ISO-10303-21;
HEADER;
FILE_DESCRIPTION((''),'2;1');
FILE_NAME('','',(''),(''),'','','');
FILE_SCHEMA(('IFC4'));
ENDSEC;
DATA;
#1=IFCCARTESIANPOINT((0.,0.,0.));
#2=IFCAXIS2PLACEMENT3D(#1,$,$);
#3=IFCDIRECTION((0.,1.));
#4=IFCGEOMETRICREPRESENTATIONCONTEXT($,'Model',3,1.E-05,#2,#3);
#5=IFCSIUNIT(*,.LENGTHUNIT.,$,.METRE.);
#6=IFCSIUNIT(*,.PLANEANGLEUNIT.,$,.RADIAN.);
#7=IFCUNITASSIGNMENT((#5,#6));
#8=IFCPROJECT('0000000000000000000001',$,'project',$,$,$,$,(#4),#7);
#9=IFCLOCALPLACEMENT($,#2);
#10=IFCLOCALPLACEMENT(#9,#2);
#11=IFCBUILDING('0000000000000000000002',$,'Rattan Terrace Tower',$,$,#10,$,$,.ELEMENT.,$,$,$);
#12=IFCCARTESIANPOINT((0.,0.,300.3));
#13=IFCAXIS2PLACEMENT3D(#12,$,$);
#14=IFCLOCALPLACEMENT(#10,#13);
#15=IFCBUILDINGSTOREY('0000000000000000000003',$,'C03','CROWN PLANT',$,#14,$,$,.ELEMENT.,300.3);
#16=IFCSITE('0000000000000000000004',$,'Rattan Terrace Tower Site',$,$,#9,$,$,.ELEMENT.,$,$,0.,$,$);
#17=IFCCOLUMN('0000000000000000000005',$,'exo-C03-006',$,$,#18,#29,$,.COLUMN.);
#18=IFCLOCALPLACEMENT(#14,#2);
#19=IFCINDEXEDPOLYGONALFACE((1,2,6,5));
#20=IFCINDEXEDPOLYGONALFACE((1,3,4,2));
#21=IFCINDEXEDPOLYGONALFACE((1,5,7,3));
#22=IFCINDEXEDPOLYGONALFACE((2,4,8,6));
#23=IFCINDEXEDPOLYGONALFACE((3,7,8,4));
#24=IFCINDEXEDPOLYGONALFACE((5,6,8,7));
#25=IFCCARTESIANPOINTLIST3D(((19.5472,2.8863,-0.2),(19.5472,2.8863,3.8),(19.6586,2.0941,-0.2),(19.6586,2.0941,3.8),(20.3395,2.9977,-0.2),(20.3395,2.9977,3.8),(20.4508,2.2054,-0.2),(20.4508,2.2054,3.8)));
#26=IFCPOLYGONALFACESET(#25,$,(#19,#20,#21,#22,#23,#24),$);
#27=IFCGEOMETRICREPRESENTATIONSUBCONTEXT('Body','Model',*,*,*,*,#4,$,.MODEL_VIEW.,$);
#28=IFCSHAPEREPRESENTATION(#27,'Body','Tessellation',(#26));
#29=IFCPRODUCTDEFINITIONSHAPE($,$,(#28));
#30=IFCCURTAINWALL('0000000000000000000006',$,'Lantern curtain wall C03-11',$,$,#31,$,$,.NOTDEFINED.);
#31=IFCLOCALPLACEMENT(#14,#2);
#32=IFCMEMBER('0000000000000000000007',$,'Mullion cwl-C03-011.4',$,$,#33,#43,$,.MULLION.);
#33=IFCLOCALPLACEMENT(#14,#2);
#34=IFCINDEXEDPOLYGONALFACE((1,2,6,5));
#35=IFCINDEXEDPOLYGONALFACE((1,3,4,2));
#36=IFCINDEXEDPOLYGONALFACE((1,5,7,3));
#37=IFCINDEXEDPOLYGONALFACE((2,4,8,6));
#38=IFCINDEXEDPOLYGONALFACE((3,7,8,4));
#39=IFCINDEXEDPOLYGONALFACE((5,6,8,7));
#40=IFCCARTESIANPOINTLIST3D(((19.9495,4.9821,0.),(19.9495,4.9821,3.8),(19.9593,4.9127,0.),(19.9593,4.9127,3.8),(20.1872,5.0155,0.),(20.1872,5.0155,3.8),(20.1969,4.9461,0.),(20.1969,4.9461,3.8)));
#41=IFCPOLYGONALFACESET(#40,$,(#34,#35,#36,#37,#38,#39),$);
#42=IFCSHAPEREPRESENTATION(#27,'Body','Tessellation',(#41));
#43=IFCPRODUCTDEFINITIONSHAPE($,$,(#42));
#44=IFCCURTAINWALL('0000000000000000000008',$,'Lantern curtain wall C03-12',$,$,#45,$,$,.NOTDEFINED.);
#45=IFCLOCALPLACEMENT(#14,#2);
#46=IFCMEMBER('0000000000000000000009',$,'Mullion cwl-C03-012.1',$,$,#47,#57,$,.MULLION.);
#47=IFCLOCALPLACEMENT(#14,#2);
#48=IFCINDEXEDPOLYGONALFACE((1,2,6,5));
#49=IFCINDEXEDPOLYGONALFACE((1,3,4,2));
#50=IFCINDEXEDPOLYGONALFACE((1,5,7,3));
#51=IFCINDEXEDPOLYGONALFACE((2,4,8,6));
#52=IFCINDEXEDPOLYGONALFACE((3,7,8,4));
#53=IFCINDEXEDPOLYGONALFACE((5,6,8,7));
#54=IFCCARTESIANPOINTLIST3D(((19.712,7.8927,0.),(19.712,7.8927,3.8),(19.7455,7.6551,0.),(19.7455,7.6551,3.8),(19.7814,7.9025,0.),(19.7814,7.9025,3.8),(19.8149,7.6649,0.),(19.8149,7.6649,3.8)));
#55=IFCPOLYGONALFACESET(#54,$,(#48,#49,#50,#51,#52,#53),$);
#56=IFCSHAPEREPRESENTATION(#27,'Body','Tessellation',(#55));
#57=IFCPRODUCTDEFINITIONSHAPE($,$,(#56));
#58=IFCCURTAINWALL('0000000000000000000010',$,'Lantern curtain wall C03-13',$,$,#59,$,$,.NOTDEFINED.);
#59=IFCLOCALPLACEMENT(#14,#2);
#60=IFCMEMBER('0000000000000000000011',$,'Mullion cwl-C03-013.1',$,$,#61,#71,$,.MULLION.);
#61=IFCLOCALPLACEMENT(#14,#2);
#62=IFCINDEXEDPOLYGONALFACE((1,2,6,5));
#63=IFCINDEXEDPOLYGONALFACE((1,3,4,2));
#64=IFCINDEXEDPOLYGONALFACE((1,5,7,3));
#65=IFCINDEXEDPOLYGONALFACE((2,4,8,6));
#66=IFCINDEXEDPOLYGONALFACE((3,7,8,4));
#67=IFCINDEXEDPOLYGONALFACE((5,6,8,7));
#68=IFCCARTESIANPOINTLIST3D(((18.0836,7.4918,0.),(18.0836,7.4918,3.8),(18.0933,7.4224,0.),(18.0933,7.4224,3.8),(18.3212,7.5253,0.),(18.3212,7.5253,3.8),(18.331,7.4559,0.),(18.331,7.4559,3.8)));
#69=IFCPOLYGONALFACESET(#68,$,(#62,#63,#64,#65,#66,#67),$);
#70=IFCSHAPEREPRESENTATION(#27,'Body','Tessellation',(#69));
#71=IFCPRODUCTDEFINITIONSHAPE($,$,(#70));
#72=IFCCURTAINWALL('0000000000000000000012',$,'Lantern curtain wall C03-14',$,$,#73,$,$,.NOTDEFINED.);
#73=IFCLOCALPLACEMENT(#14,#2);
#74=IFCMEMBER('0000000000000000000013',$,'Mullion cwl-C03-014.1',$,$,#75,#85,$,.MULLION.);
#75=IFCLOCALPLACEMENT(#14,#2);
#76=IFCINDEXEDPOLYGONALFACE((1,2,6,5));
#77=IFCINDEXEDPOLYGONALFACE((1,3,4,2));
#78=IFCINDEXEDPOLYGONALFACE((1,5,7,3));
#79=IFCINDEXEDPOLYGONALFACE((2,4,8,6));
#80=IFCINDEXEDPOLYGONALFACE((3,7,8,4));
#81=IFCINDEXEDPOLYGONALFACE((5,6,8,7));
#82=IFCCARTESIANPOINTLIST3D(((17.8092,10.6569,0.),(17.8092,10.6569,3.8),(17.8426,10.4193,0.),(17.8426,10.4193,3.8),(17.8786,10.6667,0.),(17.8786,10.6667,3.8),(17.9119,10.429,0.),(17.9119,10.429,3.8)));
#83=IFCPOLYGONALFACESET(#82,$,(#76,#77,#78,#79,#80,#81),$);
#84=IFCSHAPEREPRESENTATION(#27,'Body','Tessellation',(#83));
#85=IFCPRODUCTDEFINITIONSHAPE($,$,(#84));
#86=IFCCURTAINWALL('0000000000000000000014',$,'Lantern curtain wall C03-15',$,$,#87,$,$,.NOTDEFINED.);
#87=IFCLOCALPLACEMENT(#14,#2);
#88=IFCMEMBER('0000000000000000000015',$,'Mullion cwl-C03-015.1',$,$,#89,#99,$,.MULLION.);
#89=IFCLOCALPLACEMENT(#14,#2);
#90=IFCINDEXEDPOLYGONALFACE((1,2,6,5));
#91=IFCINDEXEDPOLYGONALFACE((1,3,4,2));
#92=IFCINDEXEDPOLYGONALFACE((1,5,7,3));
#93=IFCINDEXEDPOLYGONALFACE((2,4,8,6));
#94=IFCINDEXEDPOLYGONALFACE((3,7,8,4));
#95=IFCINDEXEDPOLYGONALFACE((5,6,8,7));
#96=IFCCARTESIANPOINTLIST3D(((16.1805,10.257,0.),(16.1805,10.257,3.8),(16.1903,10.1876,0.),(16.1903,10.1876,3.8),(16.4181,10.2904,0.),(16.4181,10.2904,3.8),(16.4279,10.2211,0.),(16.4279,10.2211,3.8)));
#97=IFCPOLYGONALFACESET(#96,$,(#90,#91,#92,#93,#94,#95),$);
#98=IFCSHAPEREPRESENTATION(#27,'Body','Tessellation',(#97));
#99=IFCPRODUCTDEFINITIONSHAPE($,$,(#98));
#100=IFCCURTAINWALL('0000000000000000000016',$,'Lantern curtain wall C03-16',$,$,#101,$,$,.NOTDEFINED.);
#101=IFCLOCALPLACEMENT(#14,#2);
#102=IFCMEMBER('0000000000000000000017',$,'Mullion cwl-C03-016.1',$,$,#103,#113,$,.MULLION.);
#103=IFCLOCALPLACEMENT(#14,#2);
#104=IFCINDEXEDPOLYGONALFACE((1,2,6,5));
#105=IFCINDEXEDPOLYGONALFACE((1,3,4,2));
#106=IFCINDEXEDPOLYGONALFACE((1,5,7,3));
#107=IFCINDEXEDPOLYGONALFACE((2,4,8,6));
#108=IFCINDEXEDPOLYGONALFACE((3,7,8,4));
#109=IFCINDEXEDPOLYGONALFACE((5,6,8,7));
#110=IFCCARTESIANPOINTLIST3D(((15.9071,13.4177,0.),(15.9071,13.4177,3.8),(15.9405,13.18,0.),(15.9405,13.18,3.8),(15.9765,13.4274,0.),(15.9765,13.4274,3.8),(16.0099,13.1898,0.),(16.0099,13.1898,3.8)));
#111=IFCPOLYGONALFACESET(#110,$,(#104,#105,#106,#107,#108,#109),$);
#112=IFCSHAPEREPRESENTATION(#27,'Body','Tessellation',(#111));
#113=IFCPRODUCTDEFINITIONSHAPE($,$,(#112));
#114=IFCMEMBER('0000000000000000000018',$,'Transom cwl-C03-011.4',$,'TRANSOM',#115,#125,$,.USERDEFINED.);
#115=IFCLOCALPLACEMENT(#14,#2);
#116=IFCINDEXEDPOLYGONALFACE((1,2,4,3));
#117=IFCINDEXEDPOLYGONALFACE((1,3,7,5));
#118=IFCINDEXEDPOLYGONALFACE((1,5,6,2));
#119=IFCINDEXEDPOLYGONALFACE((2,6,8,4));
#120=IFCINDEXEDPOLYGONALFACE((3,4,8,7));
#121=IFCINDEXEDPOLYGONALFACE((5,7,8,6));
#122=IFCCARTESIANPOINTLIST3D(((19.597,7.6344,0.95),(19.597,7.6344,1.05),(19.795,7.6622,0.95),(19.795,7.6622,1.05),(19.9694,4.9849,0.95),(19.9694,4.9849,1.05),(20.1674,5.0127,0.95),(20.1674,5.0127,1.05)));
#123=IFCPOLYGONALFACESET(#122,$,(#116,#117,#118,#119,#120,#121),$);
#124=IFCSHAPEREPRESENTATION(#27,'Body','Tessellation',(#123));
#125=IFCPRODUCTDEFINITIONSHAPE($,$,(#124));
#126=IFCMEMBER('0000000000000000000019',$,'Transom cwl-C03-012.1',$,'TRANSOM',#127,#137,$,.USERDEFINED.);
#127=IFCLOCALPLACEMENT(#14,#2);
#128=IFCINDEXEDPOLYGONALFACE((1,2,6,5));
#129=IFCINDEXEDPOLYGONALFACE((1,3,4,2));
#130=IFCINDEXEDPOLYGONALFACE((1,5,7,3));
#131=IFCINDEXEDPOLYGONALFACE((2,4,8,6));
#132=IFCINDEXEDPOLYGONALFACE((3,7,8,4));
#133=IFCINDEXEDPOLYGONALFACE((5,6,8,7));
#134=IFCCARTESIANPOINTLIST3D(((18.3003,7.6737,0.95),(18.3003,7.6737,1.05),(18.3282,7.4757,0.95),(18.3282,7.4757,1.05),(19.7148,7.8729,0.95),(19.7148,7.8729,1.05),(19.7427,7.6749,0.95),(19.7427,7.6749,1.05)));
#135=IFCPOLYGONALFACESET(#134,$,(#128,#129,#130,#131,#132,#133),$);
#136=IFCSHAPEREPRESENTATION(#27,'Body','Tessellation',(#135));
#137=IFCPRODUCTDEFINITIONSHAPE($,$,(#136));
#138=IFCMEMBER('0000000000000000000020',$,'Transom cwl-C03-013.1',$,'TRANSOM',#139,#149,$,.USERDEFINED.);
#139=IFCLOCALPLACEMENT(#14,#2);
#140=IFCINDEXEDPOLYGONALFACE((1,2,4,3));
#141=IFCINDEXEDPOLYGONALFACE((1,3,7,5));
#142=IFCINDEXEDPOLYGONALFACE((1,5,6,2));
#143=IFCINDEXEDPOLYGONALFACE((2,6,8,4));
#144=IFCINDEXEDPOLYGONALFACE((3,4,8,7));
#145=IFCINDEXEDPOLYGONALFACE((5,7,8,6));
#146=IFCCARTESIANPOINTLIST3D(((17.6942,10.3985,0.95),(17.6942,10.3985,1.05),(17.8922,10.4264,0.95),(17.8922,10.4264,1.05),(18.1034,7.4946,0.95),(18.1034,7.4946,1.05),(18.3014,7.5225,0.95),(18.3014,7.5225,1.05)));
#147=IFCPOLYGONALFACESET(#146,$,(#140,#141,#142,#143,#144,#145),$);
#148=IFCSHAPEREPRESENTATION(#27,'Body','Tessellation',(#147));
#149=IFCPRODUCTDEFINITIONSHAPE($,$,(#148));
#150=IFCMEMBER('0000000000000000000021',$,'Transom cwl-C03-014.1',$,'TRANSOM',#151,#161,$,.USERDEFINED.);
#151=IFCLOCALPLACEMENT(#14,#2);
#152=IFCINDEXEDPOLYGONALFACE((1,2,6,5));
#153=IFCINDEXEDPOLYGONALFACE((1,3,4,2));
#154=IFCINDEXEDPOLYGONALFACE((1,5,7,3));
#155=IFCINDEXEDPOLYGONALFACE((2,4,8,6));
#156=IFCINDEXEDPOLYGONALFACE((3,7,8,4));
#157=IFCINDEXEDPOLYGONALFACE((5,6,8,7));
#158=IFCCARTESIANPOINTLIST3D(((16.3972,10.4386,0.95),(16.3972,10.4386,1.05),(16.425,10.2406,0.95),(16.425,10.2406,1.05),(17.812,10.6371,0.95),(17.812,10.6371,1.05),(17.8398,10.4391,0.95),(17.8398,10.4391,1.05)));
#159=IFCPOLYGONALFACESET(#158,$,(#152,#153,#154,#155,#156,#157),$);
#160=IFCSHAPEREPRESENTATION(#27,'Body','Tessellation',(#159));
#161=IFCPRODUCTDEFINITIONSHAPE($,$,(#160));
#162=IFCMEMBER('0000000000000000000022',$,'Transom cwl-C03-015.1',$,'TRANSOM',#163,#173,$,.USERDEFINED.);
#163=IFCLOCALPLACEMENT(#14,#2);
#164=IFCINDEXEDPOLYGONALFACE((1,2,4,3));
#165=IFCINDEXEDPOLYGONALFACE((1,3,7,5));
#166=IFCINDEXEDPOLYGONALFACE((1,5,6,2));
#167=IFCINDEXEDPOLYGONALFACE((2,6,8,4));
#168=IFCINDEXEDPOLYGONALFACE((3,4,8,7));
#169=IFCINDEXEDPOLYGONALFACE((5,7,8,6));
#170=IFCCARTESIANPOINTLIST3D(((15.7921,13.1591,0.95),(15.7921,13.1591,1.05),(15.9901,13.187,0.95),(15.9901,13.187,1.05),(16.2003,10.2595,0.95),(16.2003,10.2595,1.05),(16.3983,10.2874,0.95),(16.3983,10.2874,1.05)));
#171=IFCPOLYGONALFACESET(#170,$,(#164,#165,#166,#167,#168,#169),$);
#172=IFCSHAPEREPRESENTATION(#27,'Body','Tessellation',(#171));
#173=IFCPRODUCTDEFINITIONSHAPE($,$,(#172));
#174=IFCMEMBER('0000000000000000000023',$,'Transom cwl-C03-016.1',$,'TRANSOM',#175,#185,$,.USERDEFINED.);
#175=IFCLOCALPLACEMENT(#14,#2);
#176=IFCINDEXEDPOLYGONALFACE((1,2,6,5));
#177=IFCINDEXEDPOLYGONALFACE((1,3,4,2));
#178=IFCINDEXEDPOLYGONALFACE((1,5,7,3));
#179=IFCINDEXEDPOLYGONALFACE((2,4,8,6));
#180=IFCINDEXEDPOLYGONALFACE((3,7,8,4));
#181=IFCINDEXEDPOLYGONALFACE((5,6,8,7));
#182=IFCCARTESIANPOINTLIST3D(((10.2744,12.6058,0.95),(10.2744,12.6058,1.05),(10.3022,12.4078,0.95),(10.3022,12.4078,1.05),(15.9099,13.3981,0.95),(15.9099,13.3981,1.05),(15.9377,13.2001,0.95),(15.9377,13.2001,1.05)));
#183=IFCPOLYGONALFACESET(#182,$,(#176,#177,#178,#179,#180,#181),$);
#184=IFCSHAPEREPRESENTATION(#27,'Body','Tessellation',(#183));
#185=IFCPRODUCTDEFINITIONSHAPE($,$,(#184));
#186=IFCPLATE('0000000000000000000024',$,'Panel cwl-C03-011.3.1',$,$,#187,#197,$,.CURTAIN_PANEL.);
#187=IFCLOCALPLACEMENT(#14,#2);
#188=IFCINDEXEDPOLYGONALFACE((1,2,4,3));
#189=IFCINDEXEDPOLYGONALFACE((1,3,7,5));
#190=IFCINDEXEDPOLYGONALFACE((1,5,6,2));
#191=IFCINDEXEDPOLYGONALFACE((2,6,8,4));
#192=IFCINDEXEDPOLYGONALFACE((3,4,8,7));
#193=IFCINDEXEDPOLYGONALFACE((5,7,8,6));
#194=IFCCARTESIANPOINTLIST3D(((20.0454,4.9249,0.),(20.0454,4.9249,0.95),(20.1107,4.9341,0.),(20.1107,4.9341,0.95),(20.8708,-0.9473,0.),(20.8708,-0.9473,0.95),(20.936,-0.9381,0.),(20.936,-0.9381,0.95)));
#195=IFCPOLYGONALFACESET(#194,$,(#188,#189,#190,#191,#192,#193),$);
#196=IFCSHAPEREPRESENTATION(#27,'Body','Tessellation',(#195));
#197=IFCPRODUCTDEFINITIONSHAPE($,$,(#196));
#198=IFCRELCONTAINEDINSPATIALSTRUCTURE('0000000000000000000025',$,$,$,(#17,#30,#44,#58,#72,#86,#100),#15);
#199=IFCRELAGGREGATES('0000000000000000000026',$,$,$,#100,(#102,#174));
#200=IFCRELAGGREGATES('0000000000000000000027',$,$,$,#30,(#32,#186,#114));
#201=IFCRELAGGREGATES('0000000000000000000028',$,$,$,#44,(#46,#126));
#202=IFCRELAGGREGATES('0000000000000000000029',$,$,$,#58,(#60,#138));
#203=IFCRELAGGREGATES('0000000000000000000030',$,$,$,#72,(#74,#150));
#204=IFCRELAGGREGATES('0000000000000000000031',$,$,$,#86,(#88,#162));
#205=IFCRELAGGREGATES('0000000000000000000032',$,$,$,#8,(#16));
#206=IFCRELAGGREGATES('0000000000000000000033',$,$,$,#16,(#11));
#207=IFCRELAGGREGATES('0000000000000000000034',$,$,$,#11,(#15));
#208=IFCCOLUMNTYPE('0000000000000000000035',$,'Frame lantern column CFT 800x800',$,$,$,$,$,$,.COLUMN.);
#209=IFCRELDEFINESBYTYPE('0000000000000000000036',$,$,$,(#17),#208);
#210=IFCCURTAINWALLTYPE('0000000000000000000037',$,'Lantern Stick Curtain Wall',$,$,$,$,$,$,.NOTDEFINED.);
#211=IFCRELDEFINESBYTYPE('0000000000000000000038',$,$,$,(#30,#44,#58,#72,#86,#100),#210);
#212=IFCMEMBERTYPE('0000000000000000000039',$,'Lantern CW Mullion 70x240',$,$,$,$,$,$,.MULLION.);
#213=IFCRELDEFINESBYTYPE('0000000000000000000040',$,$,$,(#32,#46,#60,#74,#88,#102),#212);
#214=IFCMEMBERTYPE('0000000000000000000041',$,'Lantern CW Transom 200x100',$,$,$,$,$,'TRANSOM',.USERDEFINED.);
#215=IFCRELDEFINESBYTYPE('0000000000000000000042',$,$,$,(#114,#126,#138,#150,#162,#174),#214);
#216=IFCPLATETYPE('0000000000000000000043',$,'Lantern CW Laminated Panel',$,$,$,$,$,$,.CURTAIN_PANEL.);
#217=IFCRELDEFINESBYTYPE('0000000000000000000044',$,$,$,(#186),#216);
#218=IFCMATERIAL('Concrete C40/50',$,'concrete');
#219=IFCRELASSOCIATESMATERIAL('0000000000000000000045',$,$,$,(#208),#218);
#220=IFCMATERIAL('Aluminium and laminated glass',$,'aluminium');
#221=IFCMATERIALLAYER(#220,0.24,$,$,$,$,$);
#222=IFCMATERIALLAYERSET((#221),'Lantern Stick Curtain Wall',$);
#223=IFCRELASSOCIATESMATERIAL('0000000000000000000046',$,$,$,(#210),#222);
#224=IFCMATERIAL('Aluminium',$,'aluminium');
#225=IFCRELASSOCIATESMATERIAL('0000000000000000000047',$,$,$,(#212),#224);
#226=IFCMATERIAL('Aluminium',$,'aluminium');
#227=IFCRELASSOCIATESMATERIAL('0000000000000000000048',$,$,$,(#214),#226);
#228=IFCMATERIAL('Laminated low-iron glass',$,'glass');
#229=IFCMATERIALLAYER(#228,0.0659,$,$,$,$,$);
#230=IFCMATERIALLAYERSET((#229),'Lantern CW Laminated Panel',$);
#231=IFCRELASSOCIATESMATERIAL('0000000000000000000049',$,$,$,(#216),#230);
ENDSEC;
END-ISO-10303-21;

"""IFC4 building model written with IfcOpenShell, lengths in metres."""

from ifc_helpers import new_model, si_unit, direction, frame, origin, origin_2d, place, context, subcontext, project, spatial, rectangle, extrude, material, layer, layer_set, material_profile, profile_set, type_object, element, aggregate, save


model = new_model("IFC4")

# Units and contexts
model_context = context("Model", 3, precision=1e-05, world=origin(), true_north=direction((0.0, 1.0)))
body_context = subcontext(model_context, "Body", "Model", "MODEL_VIEW")
ifc_project = project(units=[si_unit("LENGTHUNIT", "METRE"), si_unit("PLANEANGLEUNIT", "RADIAN")], contexts=[model_context])

# Site, building, storey
site_placement = place(None, origin())
site = spatial("IfcSite", under=ifc_project, at=site_placement, Name="Rattan Terrace Tower Site", CompositionType="ELEMENT", RefElevation=0.0)
building_placement = place(site_placement, origin())
building = spatial("IfcBuilding", under=site, at=building_placement, Name="Rattan Terrace Tower", CompositionType="ELEMENT")
storey_placement = place(building_placement, frame((0.0, 0.0, 300.3)))
storey = spatial("IfcBuildingStorey", under=building, at=storey_placement, Name="C03", Description="CROWN PLANT", CompositionType="ELEMENT", Elevation=300.3)

# Column
ifc_material_1 = material(Name="Concrete C40/50", Category="concrete")
ifc_material_profile_1 = material_profile(ifc_material_1, rectangle(XDim=0.8, YDim=0.8, at=origin_2d()), Name="CFT 800x800")
ifc_profile_set_1 = profile_set([ifc_material_profile_1], Name="Concrete C40/50")
column_type = type_object("IfcColumnType", Name="Frame lantern column CFT 800x800", PredefinedType="COLUMN", material=ifc_profile_set_1)
column_placement = place(storey_placement, frame((19.999, 2.5459, -0.2), z_axis=(0.0, 0.0, 1.0), x_axis=(-0.13919, 0.990266, 0.0)))
element("IfcColumn", 1, at=column_placement, inside=storey, type_object=column_type, Name="exo-C03-006", PredefinedType="COLUMN", context=body_context, shape_type="SweptSolid", body=[
    extrude(rectangle(XDim=0.8, YDim=0.8, at=origin_2d()), origin(), (0.0, 0.0, 1.0), 4.0),
])

# Curtain walls, members
ifc_material_2 = material(Name="Aluminium and laminated glass", Category="aluminium")
ifc_layer_1 = layer(ifc_material_2, 0.24)
ifc_layer_set_1 = layer_set([ifc_layer_1], Name="Lantern Stick Curtain Wall")
curtain_wall_type = type_object("IfcCurtainWallType", Name="Lantern Stick Curtain Wall", PredefinedType="NOTDEFINED", material=ifc_layer_set_1)
curtain_wall_1_placement = place(storey_placement, origin())
curtain_wall_1 = element("IfcCurtainWall", 2, at=curtain_wall_1_placement, inside=storey, type_object=curtain_wall_type, Name="Lantern curtain wall C03-11", PredefinedType="NOTDEFINED")
ifc_material_3 = material(Name="Aluminium", Category="aluminium")
ifc_material_profile_2 = material_profile(ifc_material_3, rectangle(XDim=0.0701, YDim=0.24, at=origin_2d()), Name="Aluminium 70x240")
ifc_profile_set_2 = profile_set([ifc_material_profile_2], Name="Aluminium")
member_type_1 = type_object("IfcMemberType", Name="Lantern CW Mullion 70x240", PredefinedType="MULLION", material=ifc_profile_set_2)
member_1_placement = place(storey_placement, frame((20.0732, 4.9641, 0.0), z_axis=(0.0, 0.0, 1.0), x_axis=(-0.139188, 0.990266, 0.0)))
member_1 = element("IfcMember", 3, at=member_1_placement, type_object=member_type_1, Name="Mullion cwl-C03-011.4", PredefinedType="MULLION", context=body_context, shape_type="SweptSolid", body=[
    extrude(rectangle(XDim=0.0701, YDim=0.24, at=origin_2d()), origin(), (0.0, 0.0, 1.0), 3.8),
])
curtain_wall_2_placement = place(storey_placement, origin())
curtain_wall_2 = element("IfcCurtainWall", 4, at=curtain_wall_2_placement, inside=storey, type_object=curtain_wall_type, Name="Lantern curtain wall C03-12", PredefinedType="NOTDEFINED")
member_2_placement = place(storey_placement, frame((19.7634, 7.7788, 0.0), z_axis=(0.0, 0.0, 1.0), x_axis=(-0.990228, -0.139459, 0.0)))
member_2 = element("IfcMember", 5, at=member_2_placement, type_object=member_type_1, Name="Mullion cwl-C03-012.1", PredefinedType="MULLION", context=body_context, shape_type="SweptSolid", body=[
    extrude(rectangle(XDim=0.0701, YDim=0.24, at=origin_2d()), origin(), (0.0, 0.0, 1.0), 3.8),
])
curtain_wall_3_placement = place(storey_placement, origin())
curtain_wall_3 = element("IfcCurtainWall", 6, at=curtain_wall_3_placement, inside=storey, type_object=curtain_wall_type, Name="Lantern curtain wall C03-13", PredefinedType="NOTDEFINED")
member_3_placement = place(storey_placement, frame((18.2073, 7.4739, 0.0), z_axis=(0.0, 0.0, 1.0), x_axis=(-0.139556, 0.990214, 0.0)))
member_3 = element("IfcMember", 7, at=member_3_placement, type_object=member_type_1, Name="Mullion cwl-C03-013.1", PredefinedType="MULLION", context=body_context, shape_type="SweptSolid", body=[
    extrude(rectangle(XDim=0.0701, YDim=0.24, at=origin_2d()), origin(), (0.0, 0.0, 1.0), 3.8),
])
curtain_wall_4_placement = place(storey_placement, origin())
curtain_wall_4 = element("IfcCurtainWall", 8, at=curtain_wall_4_placement, inside=storey, type_object=curtain_wall_type, Name="Lantern curtain wall C03-14", PredefinedType="NOTDEFINED")
member_4_placement = place(storey_placement, frame((17.8606, 10.543, 0.0), z_axis=(0.0, 0.0, 1.0), x_axis=(-0.99032, -0.138805, 0.0)))
member_4 = element("IfcMember", 9, at=member_4_placement, type_object=member_type_1, Name="Mullion cwl-C03-014.1", PredefinedType="MULLION", context=body_context, shape_type="SweptSolid", body=[
    extrude(rectangle(XDim=0.0701, YDim=0.24, at=origin_2d()), origin(), (0.0, 0.0, 1.0), 3.8),
])
curtain_wall_5_placement = place(storey_placement, origin())
curtain_wall_5 = element("IfcCurtainWall", 10, at=curtain_wall_5_placement, inside=storey, type_object=curtain_wall_type, Name="Lantern curtain wall C03-15", PredefinedType="NOTDEFINED")
member_5_placement = place(storey_placement, frame((16.3042, 10.239, 0.0), z_axis=(0.0, 0.0, 1.0), x_axis=(-0.139413, 0.990234, 0.0)))
member_5 = element("IfcMember", 11, at=member_5_placement, type_object=member_type_1, Name="Mullion cwl-C03-015.1", PredefinedType="MULLION", context=body_context, shape_type="SweptSolid", body=[
    extrude(rectangle(XDim=0.0701, YDim=0.24, at=origin_2d()), origin(), (0.0, 0.0, 1.0), 3.8),
])
curtain_wall_6_placement = place(storey_placement, origin())
curtain_wall_6 = element("IfcCurtainWall", 12, at=curtain_wall_6_placement, inside=storey, type_object=curtain_wall_type, Name="Lantern curtain wall C03-16", PredefinedType="NOTDEFINED")
member_6_placement = place(storey_placement, frame((15.9585, 13.3037, 0.0), z_axis=(0.0, 0.0, 1.0), x_axis=(-0.990267, -0.139181, 0.0)))
member_6 = element("IfcMember", 13, at=member_6_placement, type_object=member_type_1, Name="Mullion cwl-C03-016.1", PredefinedType="MULLION", context=body_context, shape_type="SweptSolid", body=[
    extrude(rectangle(XDim=0.0701, YDim=0.24, at=origin_2d()), origin(), (0.0, 0.0, 1.0), 3.8),
])

# Members
ifc_material_4 = material(Name="Aluminium", Category="aluminium")
ifc_material_profile_3 = material_profile(ifc_material_4, rectangle(XDim=0.2, YDim=0.1001, at=origin_2d()), Name="Aluminium 200x100")
ifc_profile_set_3 = profile_set([ifc_material_profile_3], Name="Aluminium")
member_type_2 = type_object("IfcMemberType", Name="Lantern CW Transom 200x100", ElementType="TRANSOM", PredefinedType="USERDEFINED", material=ifc_profile_set_3)
member_7_placement = place(storey_placement, frame((20.0684, 4.9988, 1.0), z_axis=(-0.13916, 0.99027, 0.0), x_axis=(-0.99027, -0.13916, 0.0)))
member_7 = element("IfcMember", 14, at=member_7_placement, type_object=member_type_2, Name="Transom cwl-C03-011.4", ObjectType="TRANSOM", PredefinedType="USERDEFINED", context=body_context, shape_type="SweptSolid", body=[
    extrude(rectangle(XDim=0.2, YDim=0.1001, at=origin_2d()), origin(), (0.0, 0.0, 1.0), 2.6755),
])
member_8_placement = place(storey_placement, frame((19.7288, 7.7739, 1.0), z_axis=(-0.990228, -0.139459, 0.0), x_axis=(0.139459, -0.990228, 0.0)))
member_8 = element("IfcMember", 15, at=member_8_placement, type_object=member_type_2, Name="Transom cwl-C03-012.1", ObjectType="TRANSOM", PredefinedType="USERDEFINED", context=body_context, shape_type="SweptSolid", body=[
    extrude(rectangle(XDim=0.2, YDim=0.1001, at=origin_2d()), origin(), (0.0, 0.0, 1.0), 1.4285),
])
member_9_placement = place(storey_placement, frame((18.2024, 7.5085, 1.0), z_axis=(-0.139533, 0.990217, 0.0), x_axis=(-0.990217, -0.139533, 0.0)))
member_9 = element("IfcMember", 16, at=member_9_placement, type_object=member_type_2, Name="Transom cwl-C03-013.1", ObjectType="TRANSOM", PredefinedType="USERDEFINED", context=body_context, shape_type="SweptSolid", body=[
    extrude(rectangle(XDim=0.2, YDim=0.1001, at=origin_2d()), origin(), (0.0, 0.0, 1.0), 2.9326),
])
member_10_placement = place(storey_placement, frame((17.8259, 10.5381, 1.0), z_axis=(-0.990302, -0.138933, 0.0), x_axis=(0.138933, -0.990302, 0.0)))
member_10 = element("IfcMember", 17, at=member_10_placement, type_object=member_type_2, Name="Transom cwl-C03-014.1", ObjectType="TRANSOM", PredefinedType="USERDEFINED", context=body_context, shape_type="SweptSolid", body=[
    extrude(rectangle(XDim=0.2, YDim=0.1001, at=origin_2d()), origin(), (0.0, 0.0, 1.0), 1.4287),
])
member_11_placement = place(storey_placement, frame((16.2993, 10.2734, 1.0), z_axis=(-0.139402, 0.990236, 0.0), x_axis=(-0.990236, -0.139402, 0.0)))
member_11 = element("IfcMember", 18, at=member_11_placement, type_object=member_type_2, Name="Transom cwl-C03-015.1", ObjectType="TRANSOM", PredefinedType="USERDEFINED", context=body_context, shape_type="SweptSolid", body=[
    extrude(rectangle(XDim=0.2, YDim=0.1001, at=origin_2d()), origin(), (0.0, 0.0, 1.0), 2.9282),
])
member_12_placement = place(storey_placement, frame((15.9238, 13.2991, 1.0), z_axis=(-0.990263, -0.139211, 0.0), x_axis=(0.139211, -0.990263, 0.0)))
member_12 = element("IfcMember", 19, at=member_12_placement, type_object=member_type_2, Name="Transom cwl-C03-016.1", ObjectType="TRANSOM", PredefinedType="USERDEFINED", context=body_context, shape_type="SweptSolid", body=[
    extrude(rectangle(XDim=0.2, YDim=0.1001, at=origin_2d()), origin(), (0.0, 0.0, 1.0), 5.6909),
])
aggregate(curtain_wall_6, [member_6, member_12])

# Plate
ifc_material_5 = material(Name="Laminated low-iron glass", Category="glass")
ifc_layer_2 = layer(ifc_material_5, 0.0659)
ifc_layer_set_2 = layer_set([ifc_layer_2], Name="Lantern CW Laminated Panel")
plate_type = type_object("IfcPlateType", Name="Lantern CW Laminated Panel", PredefinedType="CURTAIN_PANEL", material=ifc_layer_set_2)
plate_1_placement = place(storey_placement, frame((20.4907, 1.9934, 0.0), z_axis=(0.0, 0.0, 1.0), x_axis=(-0.139188, 0.990266, 0.0)))
plate_1 = element("IfcPlate", 20, at=plate_1_placement, type_object=plate_type, Name="Panel cwl-C03-011.3.1", PredefinedType="CURTAIN_PANEL", context=body_context, shape_type="SweptSolid", body=[
    extrude(rectangle(XDim=5.9299, YDim=0.0659, at=origin_2d()), origin(), (0.0, 0.0, 1.0), 0.95),
])
aggregate(curtain_wall_1, [member_1, plate_1, member_7])
aggregate(curtain_wall_2, [member_2, member_8])
aggregate(curtain_wall_3, [member_3, member_9])
aggregate(curtain_wall_4, [member_4, member_10])
aggregate(curtain_wall_5, [member_5, member_11])

save(model, "model.ifc")
